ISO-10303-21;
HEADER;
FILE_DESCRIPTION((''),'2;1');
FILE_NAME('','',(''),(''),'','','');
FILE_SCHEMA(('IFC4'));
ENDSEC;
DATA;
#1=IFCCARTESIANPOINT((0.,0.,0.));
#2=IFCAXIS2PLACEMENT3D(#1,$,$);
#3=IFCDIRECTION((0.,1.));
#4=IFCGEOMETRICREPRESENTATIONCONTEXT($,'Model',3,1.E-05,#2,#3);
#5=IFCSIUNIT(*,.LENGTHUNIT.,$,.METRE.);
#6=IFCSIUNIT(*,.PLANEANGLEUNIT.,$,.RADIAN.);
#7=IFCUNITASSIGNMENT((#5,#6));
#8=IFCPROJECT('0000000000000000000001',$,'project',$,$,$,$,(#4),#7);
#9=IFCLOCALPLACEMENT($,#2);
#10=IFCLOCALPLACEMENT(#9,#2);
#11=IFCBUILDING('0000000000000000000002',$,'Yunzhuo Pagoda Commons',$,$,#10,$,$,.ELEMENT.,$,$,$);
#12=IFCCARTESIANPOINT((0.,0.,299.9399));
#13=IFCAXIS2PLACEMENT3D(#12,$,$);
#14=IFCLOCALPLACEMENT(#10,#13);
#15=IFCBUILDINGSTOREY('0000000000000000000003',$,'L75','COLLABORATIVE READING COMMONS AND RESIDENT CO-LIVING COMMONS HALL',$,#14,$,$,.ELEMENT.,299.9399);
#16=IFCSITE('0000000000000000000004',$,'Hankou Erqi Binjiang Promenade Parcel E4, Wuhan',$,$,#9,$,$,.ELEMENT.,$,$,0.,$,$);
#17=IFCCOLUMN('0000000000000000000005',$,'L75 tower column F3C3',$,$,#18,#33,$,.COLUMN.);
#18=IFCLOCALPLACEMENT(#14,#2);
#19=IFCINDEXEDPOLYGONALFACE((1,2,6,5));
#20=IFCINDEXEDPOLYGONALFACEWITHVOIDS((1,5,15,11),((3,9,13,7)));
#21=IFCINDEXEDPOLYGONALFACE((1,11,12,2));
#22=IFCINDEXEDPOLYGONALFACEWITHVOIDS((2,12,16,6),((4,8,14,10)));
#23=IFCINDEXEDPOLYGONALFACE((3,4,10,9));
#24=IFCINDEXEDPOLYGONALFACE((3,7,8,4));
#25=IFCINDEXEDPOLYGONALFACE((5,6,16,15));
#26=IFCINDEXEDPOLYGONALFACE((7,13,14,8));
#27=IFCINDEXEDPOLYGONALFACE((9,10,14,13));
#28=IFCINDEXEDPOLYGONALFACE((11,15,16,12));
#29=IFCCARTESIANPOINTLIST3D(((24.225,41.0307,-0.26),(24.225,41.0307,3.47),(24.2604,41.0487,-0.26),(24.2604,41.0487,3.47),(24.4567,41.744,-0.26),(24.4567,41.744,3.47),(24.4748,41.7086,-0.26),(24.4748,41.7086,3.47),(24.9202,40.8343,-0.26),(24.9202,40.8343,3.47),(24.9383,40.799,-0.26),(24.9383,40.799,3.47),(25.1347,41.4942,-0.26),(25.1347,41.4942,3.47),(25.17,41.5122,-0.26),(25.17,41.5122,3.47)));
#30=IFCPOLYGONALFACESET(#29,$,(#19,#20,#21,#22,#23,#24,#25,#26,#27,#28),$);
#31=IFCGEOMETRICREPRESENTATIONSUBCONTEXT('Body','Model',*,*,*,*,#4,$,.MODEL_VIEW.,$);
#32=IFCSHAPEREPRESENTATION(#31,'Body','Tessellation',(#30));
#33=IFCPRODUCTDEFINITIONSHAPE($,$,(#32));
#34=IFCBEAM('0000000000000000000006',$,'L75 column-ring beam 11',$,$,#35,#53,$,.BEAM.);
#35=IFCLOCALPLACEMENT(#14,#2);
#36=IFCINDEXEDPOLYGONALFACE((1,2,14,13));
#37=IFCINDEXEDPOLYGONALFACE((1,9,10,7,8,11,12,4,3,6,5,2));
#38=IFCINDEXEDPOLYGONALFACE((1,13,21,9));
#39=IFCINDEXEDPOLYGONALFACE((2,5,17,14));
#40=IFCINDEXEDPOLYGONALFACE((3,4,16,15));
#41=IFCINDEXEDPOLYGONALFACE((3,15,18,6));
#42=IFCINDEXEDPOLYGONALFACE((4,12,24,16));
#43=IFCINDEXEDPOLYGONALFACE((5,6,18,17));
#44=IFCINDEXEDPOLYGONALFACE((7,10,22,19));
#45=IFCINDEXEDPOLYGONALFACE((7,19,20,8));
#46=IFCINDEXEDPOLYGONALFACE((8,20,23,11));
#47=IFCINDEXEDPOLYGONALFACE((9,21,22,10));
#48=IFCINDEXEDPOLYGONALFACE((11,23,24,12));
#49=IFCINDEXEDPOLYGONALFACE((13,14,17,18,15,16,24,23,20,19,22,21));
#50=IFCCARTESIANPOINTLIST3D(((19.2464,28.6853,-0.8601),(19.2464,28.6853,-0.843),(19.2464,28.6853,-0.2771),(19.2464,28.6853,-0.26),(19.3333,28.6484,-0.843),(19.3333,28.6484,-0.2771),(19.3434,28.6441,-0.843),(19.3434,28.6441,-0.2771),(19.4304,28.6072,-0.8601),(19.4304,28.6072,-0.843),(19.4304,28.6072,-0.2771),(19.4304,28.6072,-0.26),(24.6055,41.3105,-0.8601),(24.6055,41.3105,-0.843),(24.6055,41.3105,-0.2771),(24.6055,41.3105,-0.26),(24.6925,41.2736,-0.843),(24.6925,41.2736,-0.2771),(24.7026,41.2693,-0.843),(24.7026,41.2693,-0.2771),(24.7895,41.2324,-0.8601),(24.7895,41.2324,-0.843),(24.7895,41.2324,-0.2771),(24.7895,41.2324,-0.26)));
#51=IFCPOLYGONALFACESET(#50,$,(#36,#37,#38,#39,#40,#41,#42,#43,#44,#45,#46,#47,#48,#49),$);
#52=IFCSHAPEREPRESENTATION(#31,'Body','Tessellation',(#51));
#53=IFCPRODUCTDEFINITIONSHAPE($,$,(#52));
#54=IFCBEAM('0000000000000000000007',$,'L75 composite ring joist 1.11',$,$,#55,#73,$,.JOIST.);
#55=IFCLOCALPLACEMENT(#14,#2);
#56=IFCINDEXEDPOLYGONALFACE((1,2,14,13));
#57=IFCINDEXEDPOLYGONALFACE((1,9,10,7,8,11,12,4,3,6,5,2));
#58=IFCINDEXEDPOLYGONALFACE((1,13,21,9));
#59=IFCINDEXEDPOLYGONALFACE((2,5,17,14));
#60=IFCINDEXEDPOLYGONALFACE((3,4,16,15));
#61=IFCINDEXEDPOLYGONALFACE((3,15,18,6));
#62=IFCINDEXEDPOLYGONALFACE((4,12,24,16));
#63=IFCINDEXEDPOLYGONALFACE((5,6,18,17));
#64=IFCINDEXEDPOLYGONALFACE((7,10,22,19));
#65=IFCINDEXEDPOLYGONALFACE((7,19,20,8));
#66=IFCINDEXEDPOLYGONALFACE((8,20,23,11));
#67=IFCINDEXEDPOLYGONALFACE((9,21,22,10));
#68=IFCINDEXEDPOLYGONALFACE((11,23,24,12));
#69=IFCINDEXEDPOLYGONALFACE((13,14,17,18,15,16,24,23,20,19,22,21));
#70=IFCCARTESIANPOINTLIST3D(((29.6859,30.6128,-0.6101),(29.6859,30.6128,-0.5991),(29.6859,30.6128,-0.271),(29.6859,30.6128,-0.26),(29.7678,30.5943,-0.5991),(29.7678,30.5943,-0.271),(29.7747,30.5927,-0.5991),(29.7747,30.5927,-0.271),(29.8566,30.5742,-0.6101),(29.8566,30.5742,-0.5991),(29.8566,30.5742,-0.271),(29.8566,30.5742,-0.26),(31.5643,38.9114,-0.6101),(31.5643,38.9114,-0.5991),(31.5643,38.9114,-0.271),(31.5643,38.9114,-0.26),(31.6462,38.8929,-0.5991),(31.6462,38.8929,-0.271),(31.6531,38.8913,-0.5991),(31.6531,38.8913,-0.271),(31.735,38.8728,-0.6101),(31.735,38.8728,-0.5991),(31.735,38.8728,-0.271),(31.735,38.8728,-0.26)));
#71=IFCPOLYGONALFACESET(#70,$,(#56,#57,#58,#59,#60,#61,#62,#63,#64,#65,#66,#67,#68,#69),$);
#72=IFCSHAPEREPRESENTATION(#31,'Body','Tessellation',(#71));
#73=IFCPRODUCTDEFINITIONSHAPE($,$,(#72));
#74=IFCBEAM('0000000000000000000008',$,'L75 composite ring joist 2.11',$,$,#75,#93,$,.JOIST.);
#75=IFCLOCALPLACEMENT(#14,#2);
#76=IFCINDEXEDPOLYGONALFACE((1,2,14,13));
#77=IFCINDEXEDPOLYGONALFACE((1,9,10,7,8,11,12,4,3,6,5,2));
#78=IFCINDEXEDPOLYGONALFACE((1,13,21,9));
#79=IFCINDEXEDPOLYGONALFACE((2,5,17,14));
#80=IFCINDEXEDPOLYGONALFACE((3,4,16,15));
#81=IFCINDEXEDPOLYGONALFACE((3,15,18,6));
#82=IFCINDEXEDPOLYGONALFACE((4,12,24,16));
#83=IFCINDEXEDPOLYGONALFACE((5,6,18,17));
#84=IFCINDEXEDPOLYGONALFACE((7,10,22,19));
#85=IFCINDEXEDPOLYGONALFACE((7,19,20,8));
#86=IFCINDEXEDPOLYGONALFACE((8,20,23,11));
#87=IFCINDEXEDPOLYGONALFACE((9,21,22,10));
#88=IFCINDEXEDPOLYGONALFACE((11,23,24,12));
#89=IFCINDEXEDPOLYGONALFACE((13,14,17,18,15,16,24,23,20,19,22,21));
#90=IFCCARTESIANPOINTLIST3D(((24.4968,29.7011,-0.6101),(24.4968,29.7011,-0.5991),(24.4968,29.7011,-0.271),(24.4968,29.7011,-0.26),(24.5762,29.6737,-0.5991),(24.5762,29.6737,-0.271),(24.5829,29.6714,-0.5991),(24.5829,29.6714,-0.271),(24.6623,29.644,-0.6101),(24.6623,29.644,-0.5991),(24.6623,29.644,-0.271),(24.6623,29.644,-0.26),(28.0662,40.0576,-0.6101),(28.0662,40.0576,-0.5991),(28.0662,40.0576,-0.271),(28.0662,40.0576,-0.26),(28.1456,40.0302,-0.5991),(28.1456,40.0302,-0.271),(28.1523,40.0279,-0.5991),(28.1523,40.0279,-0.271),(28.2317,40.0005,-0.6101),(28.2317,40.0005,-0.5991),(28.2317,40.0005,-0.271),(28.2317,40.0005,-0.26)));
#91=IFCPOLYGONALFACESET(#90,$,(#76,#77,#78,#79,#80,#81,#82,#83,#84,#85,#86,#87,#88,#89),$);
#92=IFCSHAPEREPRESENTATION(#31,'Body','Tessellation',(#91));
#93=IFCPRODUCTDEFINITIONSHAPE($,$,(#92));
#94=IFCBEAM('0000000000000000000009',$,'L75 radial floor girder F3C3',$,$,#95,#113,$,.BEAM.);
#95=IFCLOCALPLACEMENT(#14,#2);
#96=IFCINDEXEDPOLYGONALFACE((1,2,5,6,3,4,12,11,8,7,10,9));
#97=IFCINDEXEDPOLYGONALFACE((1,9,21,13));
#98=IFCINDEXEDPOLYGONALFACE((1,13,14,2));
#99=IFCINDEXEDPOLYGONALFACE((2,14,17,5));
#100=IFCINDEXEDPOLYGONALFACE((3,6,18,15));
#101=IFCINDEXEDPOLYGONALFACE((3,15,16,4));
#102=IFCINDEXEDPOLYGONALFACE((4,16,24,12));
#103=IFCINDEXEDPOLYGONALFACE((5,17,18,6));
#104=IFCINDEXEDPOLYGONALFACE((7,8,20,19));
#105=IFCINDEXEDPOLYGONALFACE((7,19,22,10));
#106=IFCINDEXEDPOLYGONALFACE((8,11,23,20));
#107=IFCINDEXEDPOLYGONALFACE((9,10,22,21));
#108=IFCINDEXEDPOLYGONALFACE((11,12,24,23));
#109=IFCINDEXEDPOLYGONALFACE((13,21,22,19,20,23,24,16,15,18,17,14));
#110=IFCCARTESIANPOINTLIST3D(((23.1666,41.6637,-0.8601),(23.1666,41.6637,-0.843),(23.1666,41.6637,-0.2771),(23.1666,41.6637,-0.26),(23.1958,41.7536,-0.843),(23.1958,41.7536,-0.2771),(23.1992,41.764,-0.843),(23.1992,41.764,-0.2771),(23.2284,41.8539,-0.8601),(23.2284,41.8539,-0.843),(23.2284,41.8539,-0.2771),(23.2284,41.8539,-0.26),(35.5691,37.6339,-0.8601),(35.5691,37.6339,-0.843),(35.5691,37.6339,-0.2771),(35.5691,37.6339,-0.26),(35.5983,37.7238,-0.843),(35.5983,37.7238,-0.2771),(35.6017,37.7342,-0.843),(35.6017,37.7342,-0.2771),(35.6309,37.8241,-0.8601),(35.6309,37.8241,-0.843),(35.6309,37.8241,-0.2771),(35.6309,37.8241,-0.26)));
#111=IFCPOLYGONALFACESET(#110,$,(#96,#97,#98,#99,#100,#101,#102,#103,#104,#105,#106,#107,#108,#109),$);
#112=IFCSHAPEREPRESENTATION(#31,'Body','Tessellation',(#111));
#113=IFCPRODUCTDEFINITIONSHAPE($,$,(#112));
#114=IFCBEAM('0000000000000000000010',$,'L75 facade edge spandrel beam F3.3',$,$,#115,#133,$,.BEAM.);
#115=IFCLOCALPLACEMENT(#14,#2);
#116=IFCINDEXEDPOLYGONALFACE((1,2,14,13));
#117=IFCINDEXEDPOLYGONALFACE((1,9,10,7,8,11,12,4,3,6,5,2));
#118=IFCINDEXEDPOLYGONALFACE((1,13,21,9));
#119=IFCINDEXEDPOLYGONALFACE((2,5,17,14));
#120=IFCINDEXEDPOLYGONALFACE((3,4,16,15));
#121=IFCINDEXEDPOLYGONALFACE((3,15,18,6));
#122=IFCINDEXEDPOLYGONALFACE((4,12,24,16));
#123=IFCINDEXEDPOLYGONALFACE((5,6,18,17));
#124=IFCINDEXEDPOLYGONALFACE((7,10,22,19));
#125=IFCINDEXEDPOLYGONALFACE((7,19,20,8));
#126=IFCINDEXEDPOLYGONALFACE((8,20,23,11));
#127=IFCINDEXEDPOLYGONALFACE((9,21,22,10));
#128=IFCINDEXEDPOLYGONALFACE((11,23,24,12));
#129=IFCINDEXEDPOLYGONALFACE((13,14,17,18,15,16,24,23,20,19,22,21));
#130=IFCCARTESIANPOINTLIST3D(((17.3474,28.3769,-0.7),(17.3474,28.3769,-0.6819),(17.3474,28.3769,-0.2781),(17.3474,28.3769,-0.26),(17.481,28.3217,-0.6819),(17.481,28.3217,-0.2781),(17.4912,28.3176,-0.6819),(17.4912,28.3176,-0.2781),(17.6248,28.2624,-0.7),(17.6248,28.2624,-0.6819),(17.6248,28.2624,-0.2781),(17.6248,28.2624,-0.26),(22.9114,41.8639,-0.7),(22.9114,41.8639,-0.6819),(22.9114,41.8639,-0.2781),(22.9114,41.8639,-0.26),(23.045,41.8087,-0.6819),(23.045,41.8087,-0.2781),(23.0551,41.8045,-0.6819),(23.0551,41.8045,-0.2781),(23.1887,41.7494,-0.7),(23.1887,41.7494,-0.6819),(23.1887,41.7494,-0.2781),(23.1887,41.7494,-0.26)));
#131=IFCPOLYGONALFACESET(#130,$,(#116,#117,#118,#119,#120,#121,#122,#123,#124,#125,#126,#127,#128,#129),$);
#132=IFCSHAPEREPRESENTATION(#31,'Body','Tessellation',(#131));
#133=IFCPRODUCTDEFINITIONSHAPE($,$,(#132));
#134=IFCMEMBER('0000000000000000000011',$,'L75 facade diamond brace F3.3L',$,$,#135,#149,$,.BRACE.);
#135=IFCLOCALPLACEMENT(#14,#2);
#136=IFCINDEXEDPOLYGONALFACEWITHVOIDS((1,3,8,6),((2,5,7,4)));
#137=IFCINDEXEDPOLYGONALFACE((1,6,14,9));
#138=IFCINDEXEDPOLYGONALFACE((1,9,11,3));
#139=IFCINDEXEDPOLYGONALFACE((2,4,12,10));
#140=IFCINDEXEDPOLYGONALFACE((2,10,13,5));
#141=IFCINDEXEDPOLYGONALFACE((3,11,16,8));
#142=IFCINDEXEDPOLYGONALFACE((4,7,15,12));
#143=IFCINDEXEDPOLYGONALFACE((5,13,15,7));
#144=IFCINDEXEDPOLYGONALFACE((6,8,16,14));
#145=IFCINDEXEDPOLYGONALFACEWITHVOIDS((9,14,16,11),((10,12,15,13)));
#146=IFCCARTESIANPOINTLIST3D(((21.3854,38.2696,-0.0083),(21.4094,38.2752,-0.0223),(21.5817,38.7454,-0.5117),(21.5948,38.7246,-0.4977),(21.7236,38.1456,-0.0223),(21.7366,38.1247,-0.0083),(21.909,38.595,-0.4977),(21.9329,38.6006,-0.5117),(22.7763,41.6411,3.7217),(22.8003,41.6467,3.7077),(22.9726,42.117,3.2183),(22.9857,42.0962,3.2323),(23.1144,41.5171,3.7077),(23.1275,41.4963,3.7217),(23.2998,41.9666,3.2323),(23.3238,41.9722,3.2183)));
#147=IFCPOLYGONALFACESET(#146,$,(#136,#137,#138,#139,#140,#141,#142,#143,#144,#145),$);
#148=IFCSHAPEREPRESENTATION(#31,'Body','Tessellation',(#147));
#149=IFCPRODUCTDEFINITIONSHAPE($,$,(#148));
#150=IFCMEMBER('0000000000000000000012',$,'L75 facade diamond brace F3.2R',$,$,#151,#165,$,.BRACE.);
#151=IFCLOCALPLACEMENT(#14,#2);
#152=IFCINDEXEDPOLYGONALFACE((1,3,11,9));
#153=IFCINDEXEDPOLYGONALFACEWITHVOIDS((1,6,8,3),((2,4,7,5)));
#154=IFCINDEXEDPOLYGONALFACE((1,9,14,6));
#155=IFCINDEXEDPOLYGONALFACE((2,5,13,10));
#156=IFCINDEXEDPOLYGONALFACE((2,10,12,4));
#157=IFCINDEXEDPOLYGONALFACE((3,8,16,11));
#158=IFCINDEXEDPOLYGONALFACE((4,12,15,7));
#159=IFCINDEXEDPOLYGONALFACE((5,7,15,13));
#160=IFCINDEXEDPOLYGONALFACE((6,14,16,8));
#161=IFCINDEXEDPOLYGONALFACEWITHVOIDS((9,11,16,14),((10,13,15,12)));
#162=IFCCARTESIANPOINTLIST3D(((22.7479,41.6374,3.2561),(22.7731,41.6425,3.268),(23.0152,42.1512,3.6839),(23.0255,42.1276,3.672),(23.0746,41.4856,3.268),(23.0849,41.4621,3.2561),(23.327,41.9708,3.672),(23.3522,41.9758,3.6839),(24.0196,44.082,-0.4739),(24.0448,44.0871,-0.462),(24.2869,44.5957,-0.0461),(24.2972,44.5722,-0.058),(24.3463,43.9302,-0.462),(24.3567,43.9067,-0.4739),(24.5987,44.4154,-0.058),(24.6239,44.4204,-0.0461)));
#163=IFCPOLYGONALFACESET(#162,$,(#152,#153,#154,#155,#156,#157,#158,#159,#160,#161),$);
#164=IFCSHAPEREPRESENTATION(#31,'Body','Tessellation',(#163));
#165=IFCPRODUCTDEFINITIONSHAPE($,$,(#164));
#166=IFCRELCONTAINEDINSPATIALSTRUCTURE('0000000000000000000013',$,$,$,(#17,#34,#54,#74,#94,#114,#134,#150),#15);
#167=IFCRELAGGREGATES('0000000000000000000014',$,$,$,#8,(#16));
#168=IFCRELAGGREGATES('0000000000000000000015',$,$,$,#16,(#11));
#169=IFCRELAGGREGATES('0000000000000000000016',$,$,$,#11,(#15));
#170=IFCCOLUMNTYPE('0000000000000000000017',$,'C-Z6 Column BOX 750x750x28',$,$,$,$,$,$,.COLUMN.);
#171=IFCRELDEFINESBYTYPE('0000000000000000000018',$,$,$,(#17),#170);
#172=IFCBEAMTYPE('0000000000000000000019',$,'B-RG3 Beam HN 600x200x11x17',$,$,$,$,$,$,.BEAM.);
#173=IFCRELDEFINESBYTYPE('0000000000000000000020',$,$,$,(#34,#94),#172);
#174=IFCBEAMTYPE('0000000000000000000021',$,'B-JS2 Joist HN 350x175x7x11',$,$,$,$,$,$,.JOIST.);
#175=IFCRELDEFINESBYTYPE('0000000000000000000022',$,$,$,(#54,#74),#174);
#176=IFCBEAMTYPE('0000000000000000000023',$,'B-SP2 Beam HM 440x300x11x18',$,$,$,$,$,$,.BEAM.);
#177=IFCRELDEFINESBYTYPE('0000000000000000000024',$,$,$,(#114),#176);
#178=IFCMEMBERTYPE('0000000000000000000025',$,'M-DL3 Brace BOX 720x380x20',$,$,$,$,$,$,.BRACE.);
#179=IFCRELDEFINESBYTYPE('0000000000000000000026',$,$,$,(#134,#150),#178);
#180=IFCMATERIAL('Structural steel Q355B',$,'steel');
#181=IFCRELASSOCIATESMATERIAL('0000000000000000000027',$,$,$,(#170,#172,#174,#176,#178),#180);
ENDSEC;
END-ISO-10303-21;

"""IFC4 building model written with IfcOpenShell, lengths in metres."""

from ifc_helpers import new_model, si_unit, direction, frame, origin, origin_2d, place, context, subcontext, project, spatial, hollow_rectangle, i_section, extrude, source, transform, mapped, material, material_profile, profile_set, type_object, element, save


model = new_model("IFC4")

# Units and contexts
model_context = context("Model", 3, precision=1e-05, world=origin(), true_north=direction((0.0, 1.0)))
body_context = subcontext(model_context, "Body", "Model", "MODEL_VIEW")
ifc_project = project(units=[si_unit("LENGTHUNIT", "METRE"), si_unit("PLANEANGLEUNIT", "RADIAN")], contexts=[model_context])

# Site, building, storey
site_placement = place(None, origin())
site = spatial("IfcSite", under=ifc_project, at=site_placement, Name="Hankou Erqi Binjiang Promenade Parcel E4, Wuhan", CompositionType="ELEMENT", RefElevation=0.0)
building_placement = place(site_placement, origin())
building = spatial("IfcBuilding", under=site, at=building_placement, Name="Yunzhuo Pagoda Commons", CompositionType="ELEMENT")
storey_placement = place(building_placement, frame((0.0, 0.0, 299.9399)))
storey = spatial("IfcBuildingStorey", under=building, at=storey_placement, Name="L75", Description="COLLABORATIVE READING COMMONS AND RESIDENT CO-LIVING COMMONS HALL", CompositionType="ELEMENT", Elevation=299.9399)

# Column
ifc_material_1 = material(Name="Structural steel Q355B", Category="steel")
ifc_material_profile_1 = material_profile(ifc_material_1, hollow_rectangle(XDim=0.75, YDim=0.75, WallThickness=0.0281, at=origin_2d()), Name="Structural steel Q355B")
ifc_profile_set_1 = profile_set([ifc_material_profile_1], Name="Structural steel Q355B")
column_type = type_object("IfcColumnType", Name="C-Z6 Column BOX 750x750x28", PredefinedType="COLUMN", material=ifc_profile_set_1)
shared_shape_1 = source(origin(), body_context, "Body", "SweptSolid", [
    extrude(hollow_rectangle(XDim=0.75, YDim=0.75, WallThickness=0.0281, at=origin_2d()), origin(), (0.0, 0.0, 1.0), 3.73),
])
column_placement = place(storey_placement, frame((24.6975, 41.2715, -0.26), z_axis=(0.0, 0.0, 1.0), x_axis=(-0.309017, -0.951057, 0.0)))
element("IfcColumn", 1, at=column_placement, inside=storey, type_object=column_type, Name="L75 tower column F3C3", PredefinedType="COLUMN", context=body_context, shape_type="MappedRepresentation", body=[
    mapped(shared_shape_1, transform((0.0, 0.0, 0.0), scale=1.0)),
])

# Beams
ifc_material_profile_2 = material_profile(ifc_material_1, i_section(OverallWidth=0.2, OverallDepth=0.6001, WebThickness=0.011, FlangeThickness=0.0171, at=origin_2d()), Name="Structural steel Q355B")
ifc_profile_set_2 = profile_set([ifc_material_profile_2], Name="Structural steel Q355B")
beam_type_1 = type_object("IfcBeamType", Name="B-RG3 Beam HN 600x200x11x17", PredefinedType="BEAM", material=ifc_profile_set_2)
shared_shape_2 = source(origin(), body_context, "Body", "SweptSolid", [
    extrude(i_section(OverallWidth=0.2, OverallDepth=0.6001, WebThickness=0.011, FlangeThickness=0.0171, at=origin_2d()), origin(), (0.0, 0.0, 1.0), 13.7156),
])
beam_1_placement = place(storey_placement, frame((24.6975, 41.2715, -0.5601), z_axis=(-0.390733, -0.920504, 0.0), x_axis=(0.920504, -0.390733, 0.0)))
element("IfcBeam", 2, at=beam_1_placement, inside=storey, type_object=beam_type_1, Name="L75 column-ring beam 11", PredefinedType="BEAM", context=body_context, shape_type="MappedRepresentation", body=[
    mapped(shared_shape_2, transform((0.0, 0.0, 0.0), scale=1.0)),
])
ifc_material_profile_3 = material_profile(ifc_material_1, i_section(OverallWidth=0.175, OverallDepth=0.3501, WebThickness=0.0071, FlangeThickness=0.011, at=origin_2d()), Name="Structural steel Q355B")
ifc_profile_set_3 = profile_set([ifc_material_profile_3], Name="Structural steel Q355B")
beam_type_2 = type_object("IfcBeamType", Name="B-JS2 Joist HN 350x175x7x11", PredefinedType="JOIST", material=ifc_profile_set_3)
shared_shape_3 = source(origin(), body_context, "Body", "SweptSolid", [
    extrude(i_section(OverallWidth=0.175, OverallDepth=0.3501, WebThickness=0.0071, FlangeThickness=0.011, at=origin_2d()), origin(), (0.0, 0.0, 1.0), 8.5085),
])
beam_2_placement = place(storey_placement, frame((31.6497, 38.8921, -0.4351), z_axis=(-0.220769, -0.975326, 0.0), x_axis=(0.975326, -0.220769, 0.0)))
element("IfcBeam", 3, at=beam_2_placement, inside=storey, type_object=beam_type_2, Name="L75 composite ring joist 1.11", PredefinedType="JOIST", context=body_context, shape_type="MappedRepresentation", body=[
    mapped(shared_shape_3, transform((0.0, 0.0, 0.0), scale=1.0)),
])
shared_shape_4 = source(origin(), body_context, "Body", "SweptSolid", [
    extrude(i_section(OverallWidth=0.175, OverallDepth=0.3501, WebThickness=0.0071, FlangeThickness=0.011, at=origin_2d()), origin(), (0.0, 0.0, 1.0), 10.9543),
])
beam_3_placement = place(storey_placement, frame((28.1489, 40.0291, -0.4351), z_axis=(-0.32584, -0.945425, 0.0), x_axis=(0.945425, -0.32584, 0.0)))
element("IfcBeam", 4, at=beam_3_placement, inside=storey, type_object=beam_type_2, Name="L75 composite ring joist 2.11", PredefinedType="JOIST", context=body_context, shape_type="MappedRepresentation", body=[
    mapped(shared_shape_4, transform((0.0, 0.0, 0.0), scale=1.0)),
])
shared_shape_5 = source(origin(), body_context, "Body", "SweptSolid", [
    extrude(i_section(OverallWidth=0.2, OverallDepth=0.6001, WebThickness=0.011, FlangeThickness=0.0171, at=origin_2d()), origin(), (0.0, 0.0, 1.0), 13.0408),
])
beam_4_placement = place(storey_placement, frame((23.1975, 41.7588, -0.5601), z_axis=(0.951058, -0.309013, 0.0), x_axis=(0.309013, 0.951058, 0.0)))
element("IfcBeam", 5, at=beam_4_placement, inside=storey, type_object=beam_type_1, Name="L75 radial floor girder F3C3", PredefinedType="BEAM", context=body_context, shape_type="MappedRepresentation", body=[
    mapped(shared_shape_5, transform((0.0, 0.0, 0.0), scale=1.0)),
])
ifc_material_profile_4 = material_profile(ifc_material_1, i_section(OverallWidth=0.3, OverallDepth=0.4399, WebThickness=0.011, FlangeThickness=0.0181, at=origin_2d()), Name="Structural steel Q355B")
ifc_profile_set_4 = profile_set([ifc_material_profile_4], Name="Structural steel Q355B")
beam_type_3 = type_object("IfcBeamType", Name="B-SP2 Beam HM 440x300x11x18", PredefinedType="BEAM", material=ifc_profile_set_4)
shared_shape_6 = source(origin(), body_context, "Body", "SweptSolid", [
    extrude(i_section(OverallWidth=0.3, OverallDepth=0.4399, WebThickness=0.011, FlangeThickness=0.0181, at=origin_2d()), origin(), (0.0, 0.0, 1.0), 14.5896),
])
beam_5_placement = place(storey_placement, frame((23.05, 41.8066, -0.48), z_axis=(-0.381363, -0.924425, 0.0), x_axis=(0.924425, -0.381363, 0.0)))
element("IfcBeam", 6, at=beam_5_placement, inside=storey, type_object=beam_type_3, Name="L75 facade edge spandrel beam F3.3", PredefinedType="BEAM", context=body_context, shape_type="MappedRepresentation", body=[
    mapped(shared_shape_6, transform((0.0, 0.0, 0.0), scale=1.0)),
])

# Members
ifc_material_profile_5 = material_profile(ifc_material_1, hollow_rectangle(XDim=0.3799, YDim=0.72, WallThickness=0.02, at=origin_2d()), Name="Structural steel Q355B")
ifc_profile_set_5 = profile_set([ifc_material_profile_5], Name="Structural steel Q355B")
member_type_1 = type_object("IfcMemberType", Name="M-DL3 Brace BOX 720x380x20", PredefinedType="BRACE", material=ifc_profile_set_5)
shared_shape_7 = source(origin(), body_context, "Body", "SweptSolid", [
    extrude(hollow_rectangle(XDim=0.3799, YDim=0.72, WallThickness=0.02, at=origin_2d()), origin(), (0.0, 0.0, 1.0), 5.2168),
])
member_1_placement = place(storey_placement, frame((21.6592, 38.4351, -0.26), z_axis=(0.266614, 0.646295, 0.714996), x_axis=(-0.92443, 0.381352, 0.0)))
element("IfcMember", 7, at=member_1_placement, inside=storey, type_object=member_type_1, Name="L75 facade diamond brace F3.3L", PredefinedType="BRACE", context=body_context, shape_type="MappedRepresentation", body=[
    mapped(shared_shape_7, transform((0.0, 0.0, 0.0), scale=1.0)),
])
shared_shape_8 = source(origin(), body_context, "Body", "SweptSolid", [
    extrude(hollow_rectangle(XDim=0.3799, YDim=0.72, WallThickness=0.02, at=origin_2d()), origin(), (0.0, 0.0, 1.0), 4.6375),
])
member_2_placement = place(storey_placement, frame((24.3218, 44.2512, -0.26), z_axis=(-0.27423, -0.527138, 0.804316), x_axis=(0.887136, -0.461509, 0.0)))
element("IfcMember", 8, at=member_2_placement, inside=storey, type_object=member_type_1, Name="L75 facade diamond brace F3.2R", PredefinedType="BRACE", context=body_context, shape_type="MappedRepresentation", body=[
    mapped(shared_shape_8, transform((0.0, 0.0, 0.0), scale=1.0)),
])

save(model, "model.ifc")
